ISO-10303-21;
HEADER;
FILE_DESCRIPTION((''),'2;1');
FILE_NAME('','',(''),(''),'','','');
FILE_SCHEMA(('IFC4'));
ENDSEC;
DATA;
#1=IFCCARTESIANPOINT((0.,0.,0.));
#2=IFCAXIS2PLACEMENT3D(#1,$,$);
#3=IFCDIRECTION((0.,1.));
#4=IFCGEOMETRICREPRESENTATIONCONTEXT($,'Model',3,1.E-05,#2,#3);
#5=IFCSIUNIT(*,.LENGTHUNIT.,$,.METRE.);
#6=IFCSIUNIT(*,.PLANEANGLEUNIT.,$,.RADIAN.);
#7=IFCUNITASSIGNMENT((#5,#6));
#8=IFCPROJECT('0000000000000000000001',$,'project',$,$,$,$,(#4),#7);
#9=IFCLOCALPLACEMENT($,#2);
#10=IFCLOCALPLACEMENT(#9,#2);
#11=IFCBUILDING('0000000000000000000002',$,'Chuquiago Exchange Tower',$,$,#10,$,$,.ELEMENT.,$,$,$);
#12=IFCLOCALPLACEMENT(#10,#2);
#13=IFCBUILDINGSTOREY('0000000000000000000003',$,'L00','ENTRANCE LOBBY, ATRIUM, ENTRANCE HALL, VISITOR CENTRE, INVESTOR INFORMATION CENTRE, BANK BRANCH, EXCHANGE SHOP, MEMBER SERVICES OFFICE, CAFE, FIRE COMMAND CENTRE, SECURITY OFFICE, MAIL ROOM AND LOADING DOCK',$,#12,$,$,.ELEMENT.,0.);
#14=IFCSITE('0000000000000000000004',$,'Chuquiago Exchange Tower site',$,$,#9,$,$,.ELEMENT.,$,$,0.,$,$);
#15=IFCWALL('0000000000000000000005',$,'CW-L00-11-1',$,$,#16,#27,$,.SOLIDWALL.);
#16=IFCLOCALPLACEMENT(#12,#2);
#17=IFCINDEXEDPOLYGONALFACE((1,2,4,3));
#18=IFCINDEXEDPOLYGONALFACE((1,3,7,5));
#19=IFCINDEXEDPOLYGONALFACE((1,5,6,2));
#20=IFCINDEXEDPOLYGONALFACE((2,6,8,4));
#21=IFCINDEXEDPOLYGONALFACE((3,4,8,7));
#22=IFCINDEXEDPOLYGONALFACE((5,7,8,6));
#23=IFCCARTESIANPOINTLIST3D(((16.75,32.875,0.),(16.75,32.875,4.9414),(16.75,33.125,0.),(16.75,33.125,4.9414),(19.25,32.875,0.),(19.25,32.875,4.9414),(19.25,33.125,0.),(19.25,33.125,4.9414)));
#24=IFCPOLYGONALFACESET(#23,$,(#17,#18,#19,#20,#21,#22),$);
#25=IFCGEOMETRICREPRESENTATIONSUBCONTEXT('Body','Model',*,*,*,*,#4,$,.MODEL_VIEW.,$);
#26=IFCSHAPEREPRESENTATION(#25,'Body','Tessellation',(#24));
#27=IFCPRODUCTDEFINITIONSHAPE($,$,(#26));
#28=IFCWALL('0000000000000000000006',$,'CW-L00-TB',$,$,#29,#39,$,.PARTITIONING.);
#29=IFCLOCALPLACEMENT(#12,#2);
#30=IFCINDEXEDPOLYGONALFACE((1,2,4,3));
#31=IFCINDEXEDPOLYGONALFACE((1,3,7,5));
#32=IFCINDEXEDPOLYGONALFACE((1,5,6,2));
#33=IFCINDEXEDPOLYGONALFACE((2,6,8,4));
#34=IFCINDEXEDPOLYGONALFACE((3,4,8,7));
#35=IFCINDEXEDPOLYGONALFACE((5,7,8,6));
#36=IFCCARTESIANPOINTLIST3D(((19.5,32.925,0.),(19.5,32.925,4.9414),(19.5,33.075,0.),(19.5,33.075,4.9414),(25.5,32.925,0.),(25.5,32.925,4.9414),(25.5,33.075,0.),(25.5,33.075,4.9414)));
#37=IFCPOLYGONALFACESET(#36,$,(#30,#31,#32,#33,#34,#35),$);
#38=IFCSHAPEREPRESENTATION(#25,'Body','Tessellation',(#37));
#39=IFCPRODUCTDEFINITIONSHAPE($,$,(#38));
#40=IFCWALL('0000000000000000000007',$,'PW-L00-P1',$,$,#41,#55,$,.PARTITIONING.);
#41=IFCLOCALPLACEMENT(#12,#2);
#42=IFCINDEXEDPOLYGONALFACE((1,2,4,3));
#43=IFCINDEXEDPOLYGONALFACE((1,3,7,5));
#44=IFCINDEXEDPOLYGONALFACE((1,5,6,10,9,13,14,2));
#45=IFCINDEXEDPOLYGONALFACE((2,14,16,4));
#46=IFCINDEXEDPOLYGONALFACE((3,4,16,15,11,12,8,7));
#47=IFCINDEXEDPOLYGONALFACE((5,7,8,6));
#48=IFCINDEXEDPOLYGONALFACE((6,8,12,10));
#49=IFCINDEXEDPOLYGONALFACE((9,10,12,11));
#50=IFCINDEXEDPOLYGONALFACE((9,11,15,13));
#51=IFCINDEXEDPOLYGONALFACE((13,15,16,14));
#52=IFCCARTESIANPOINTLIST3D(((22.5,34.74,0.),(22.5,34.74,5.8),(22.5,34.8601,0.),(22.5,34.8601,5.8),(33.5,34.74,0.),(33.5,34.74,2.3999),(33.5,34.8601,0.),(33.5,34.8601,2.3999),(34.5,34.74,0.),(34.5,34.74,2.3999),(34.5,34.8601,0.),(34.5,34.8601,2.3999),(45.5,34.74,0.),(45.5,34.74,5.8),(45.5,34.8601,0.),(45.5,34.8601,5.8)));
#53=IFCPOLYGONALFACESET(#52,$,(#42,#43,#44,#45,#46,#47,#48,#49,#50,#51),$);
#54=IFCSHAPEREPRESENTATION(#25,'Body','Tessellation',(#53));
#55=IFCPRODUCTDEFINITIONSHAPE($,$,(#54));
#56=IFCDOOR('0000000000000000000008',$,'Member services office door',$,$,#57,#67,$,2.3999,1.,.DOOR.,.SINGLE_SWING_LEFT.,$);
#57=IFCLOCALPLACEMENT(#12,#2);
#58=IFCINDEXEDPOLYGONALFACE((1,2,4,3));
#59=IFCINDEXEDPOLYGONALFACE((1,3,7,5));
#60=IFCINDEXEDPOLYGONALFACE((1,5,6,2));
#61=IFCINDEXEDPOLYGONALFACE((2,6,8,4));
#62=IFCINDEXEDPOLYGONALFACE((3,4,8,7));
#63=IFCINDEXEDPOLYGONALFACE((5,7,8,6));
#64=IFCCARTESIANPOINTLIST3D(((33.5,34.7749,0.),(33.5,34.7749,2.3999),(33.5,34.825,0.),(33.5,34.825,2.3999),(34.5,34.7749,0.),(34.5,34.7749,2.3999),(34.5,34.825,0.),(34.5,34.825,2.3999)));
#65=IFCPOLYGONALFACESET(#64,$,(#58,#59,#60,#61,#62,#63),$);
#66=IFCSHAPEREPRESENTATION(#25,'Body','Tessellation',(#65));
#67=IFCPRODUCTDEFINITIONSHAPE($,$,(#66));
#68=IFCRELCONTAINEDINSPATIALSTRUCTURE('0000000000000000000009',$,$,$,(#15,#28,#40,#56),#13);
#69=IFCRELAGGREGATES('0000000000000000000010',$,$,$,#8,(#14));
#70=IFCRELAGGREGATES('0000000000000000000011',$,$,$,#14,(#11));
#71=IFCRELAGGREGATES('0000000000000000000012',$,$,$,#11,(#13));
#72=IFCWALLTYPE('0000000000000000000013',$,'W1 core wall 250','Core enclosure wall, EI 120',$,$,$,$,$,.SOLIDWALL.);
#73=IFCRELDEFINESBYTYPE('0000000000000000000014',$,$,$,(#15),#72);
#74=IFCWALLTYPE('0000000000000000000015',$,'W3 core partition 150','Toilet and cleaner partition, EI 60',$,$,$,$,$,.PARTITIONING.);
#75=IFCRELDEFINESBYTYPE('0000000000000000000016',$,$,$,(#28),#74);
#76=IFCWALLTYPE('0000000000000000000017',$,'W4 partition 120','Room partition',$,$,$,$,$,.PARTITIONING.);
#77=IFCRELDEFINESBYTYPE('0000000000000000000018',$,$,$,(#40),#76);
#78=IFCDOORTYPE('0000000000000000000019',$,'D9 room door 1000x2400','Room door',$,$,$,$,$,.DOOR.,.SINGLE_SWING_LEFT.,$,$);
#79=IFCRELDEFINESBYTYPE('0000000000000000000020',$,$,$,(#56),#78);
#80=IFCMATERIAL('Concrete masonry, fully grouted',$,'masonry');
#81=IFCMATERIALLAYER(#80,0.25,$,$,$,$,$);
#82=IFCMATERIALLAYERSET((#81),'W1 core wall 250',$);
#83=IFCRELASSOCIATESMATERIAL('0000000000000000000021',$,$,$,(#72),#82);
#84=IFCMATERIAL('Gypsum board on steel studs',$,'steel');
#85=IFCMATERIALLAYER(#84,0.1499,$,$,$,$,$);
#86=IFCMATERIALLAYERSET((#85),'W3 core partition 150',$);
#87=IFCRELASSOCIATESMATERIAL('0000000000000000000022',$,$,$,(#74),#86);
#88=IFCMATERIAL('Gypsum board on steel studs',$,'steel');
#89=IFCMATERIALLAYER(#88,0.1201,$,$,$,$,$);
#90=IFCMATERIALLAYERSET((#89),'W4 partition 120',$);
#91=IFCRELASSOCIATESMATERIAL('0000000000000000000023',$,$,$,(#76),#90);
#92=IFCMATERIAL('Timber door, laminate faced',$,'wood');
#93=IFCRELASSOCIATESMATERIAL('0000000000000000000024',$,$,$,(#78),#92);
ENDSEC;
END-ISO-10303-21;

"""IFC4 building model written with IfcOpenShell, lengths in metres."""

from ifc_helpers import new_model, si_unit, direction, frame, frame_2d, origin, place, context, subcontext, project, spatial, rectangle, extrude, material, layer, layer_set, type_object, element, fill, save


model = new_model("IFC4")

# Units and contexts
model_context = context("Model", 3, precision=1e-05, world=origin(), true_north=direction((0.0, 1.0)))
body_context = subcontext(model_context, "Body", "Model", "MODEL_VIEW")
ifc_project = project(units=[si_unit("LENGTHUNIT", "METRE"), si_unit("PLANEANGLEUNIT", "RADIAN")], contexts=[model_context])

# Site, building, storey
site_placement = place(None, origin())
site = spatial("IfcSite", under=ifc_project, at=site_placement, Name="Chuquiago Exchange Tower site", CompositionType="ELEMENT", RefElevation=0.0)
building_placement = place(site_placement, origin())
building = spatial("IfcBuilding", under=site, at=building_placement, Name="Chuquiago Exchange Tower", CompositionType="ELEMENT")
storey_placement = place(building_placement, origin())
storey = spatial("IfcBuildingStorey", under=building, at=storey_placement, Name="L00", Description="ENTRANCE LOBBY, ATRIUM, ENTRANCE HALL, VISITOR CENTRE, INVESTOR INFORMATION CENTRE, BANK BRANCH, EXCHANGE SHOP, MEMBER SERVICES OFFICE, CAFE, FIRE COMMAND CENTRE, SECURITY OFFICE, MAIL ROOM AND LOADING DOCK", CompositionType="ELEMENT", Elevation=0.0)

# Walls
ifc_material_1 = material(Name="Concrete masonry, fully grouted", Category="masonry")
ifc_layer_1 = layer(ifc_material_1, 0.25)
ifc_layer_set_1 = layer_set([ifc_layer_1], Name="W1 core wall 250")
wall_type_1 = type_object("IfcWallType", Name="W1 core wall 250", Description="Core enclosure wall, EI 120", PredefinedType="SOLIDWALL", material=ifc_layer_set_1)
wall_1_placement = place(storey_placement, frame((16.75, 33.0, 0.0), z_axis=(0.0, 0.0, 1.0), x_axis=(1.0, 0.0, 0.0)))
element("IfcWall", 1, at=wall_1_placement, inside=storey, type_object=wall_type_1, Name="CW-L00-11-1", PredefinedType="SOLIDWALL", context=body_context, shape_type="SweptSolid", body=[
    extrude(rectangle(XDim=2.5, YDim=0.25, at=frame_2d((1.25, 0.0))), origin(), (0.0, 0.0, 1.0), 4.9414),
])
ifc_material_2 = material(Name="Gypsum board on steel studs", Category="steel")
ifc_layer_2 = layer(ifc_material_2, 0.1499)
ifc_layer_set_2 = layer_set([ifc_layer_2], Name="W3 core partition 150")
wall_type_2 = type_object("IfcWallType", Name="W3 core partition 150", Description="Toilet and cleaner partition, EI 60", PredefinedType="PARTITIONING", material=ifc_layer_set_2)
wall_2_placement = place(storey_placement, frame((19.5, 33.0, 0.0), z_axis=(0.0, 0.0, 1.0), x_axis=(1.0, 0.0, 0.0)))
element("IfcWall", 2, at=wall_2_placement, inside=storey, type_object=wall_type_2, Name="CW-L00-TB", PredefinedType="PARTITIONING", context=body_context, shape_type="SweptSolid", body=[
    extrude(rectangle(XDim=6.0, YDim=0.1499, at=frame_2d((3.0, 0.0))), origin(), (0.0, 0.0, 1.0), 4.9414),
])

# Wall, opening, door
ifc_material_3 = material(Name="Gypsum board on steel studs", Category="steel")
ifc_layer_3 = layer(ifc_material_3, 0.1201)
ifc_layer_set_3 = layer_set([ifc_layer_3], Name="W4 partition 120")
wall_type_3 = type_object("IfcWallType", Name="W4 partition 120", Description="Room partition", PredefinedType="PARTITIONING", material=ifc_layer_set_3)
wall_3_placement = place(storey_placement, frame((22.5, 34.8, 0.0), z_axis=(0.0, 0.0, 1.0), x_axis=(1.0, 0.0, 0.0)))
wall_3 = element("IfcWall", 3, at=wall_3_placement, inside=storey, type_object=wall_type_3, Name="PW-L00-P1", PredefinedType="PARTITIONING", context=body_context, shape_type="SweptSolid", body=[
    extrude(rectangle(XDim=23.0, YDim=0.1201, at=frame_2d((11.5, 0.0))), origin(), (0.0, 0.0, 1.0), 5.8),
])
opening_placement = place(wall_3_placement, frame((11.0, 0.0, 0.0)))
opening = element("IfcOpeningElement", 4, at=opening_placement, cuts=wall_3, PredefinedType="OPENING", context=body_context, shape_type="SweptSolid", body=[
    extrude(rectangle(XDim=1.0, YDim=2.3999, at=frame_2d((0.5, 1.2))), frame((0.0, 0.0701, 0.0), z_axis=(0.0, -1.0, 0.0), x_axis=(1.0, 0.0, 0.0)), (0.0, 0.0, 1.0), 0.1401),
])
ifc_material_4 = material(Name="Timber door, laminate faced", Category="wood")
door_type = type_object("IfcDoorType", Name="D9 room door 1000x2400", Description="Room door", OperationType="SINGLE_SWING_LEFT", PredefinedType="DOOR", material=ifc_material_4)
door_placement = place(opening_placement, origin())
door = element("IfcDoor", 5, at=door_placement, inside=storey, type_object=door_type, Name="Member services office door", OperationType="SINGLE_SWING_LEFT", OverallHeight=2.3999, OverallWidth=1.0, PredefinedType="DOOR", context=body_context, shape_type="SweptSolid", body=[
    extrude(rectangle(XDim=1.0, YDim=2.3999, at=frame_2d((0.5, 1.2))), frame((0.0, 0.0249, 0.0), z_axis=(0.0, -1.0, 0.0), x_axis=(1.0, 0.0, 0.0)), (0.0, 0.0, 1.0), 0.05),
])
fill(opening, door)

save(model, "model.ifc")
